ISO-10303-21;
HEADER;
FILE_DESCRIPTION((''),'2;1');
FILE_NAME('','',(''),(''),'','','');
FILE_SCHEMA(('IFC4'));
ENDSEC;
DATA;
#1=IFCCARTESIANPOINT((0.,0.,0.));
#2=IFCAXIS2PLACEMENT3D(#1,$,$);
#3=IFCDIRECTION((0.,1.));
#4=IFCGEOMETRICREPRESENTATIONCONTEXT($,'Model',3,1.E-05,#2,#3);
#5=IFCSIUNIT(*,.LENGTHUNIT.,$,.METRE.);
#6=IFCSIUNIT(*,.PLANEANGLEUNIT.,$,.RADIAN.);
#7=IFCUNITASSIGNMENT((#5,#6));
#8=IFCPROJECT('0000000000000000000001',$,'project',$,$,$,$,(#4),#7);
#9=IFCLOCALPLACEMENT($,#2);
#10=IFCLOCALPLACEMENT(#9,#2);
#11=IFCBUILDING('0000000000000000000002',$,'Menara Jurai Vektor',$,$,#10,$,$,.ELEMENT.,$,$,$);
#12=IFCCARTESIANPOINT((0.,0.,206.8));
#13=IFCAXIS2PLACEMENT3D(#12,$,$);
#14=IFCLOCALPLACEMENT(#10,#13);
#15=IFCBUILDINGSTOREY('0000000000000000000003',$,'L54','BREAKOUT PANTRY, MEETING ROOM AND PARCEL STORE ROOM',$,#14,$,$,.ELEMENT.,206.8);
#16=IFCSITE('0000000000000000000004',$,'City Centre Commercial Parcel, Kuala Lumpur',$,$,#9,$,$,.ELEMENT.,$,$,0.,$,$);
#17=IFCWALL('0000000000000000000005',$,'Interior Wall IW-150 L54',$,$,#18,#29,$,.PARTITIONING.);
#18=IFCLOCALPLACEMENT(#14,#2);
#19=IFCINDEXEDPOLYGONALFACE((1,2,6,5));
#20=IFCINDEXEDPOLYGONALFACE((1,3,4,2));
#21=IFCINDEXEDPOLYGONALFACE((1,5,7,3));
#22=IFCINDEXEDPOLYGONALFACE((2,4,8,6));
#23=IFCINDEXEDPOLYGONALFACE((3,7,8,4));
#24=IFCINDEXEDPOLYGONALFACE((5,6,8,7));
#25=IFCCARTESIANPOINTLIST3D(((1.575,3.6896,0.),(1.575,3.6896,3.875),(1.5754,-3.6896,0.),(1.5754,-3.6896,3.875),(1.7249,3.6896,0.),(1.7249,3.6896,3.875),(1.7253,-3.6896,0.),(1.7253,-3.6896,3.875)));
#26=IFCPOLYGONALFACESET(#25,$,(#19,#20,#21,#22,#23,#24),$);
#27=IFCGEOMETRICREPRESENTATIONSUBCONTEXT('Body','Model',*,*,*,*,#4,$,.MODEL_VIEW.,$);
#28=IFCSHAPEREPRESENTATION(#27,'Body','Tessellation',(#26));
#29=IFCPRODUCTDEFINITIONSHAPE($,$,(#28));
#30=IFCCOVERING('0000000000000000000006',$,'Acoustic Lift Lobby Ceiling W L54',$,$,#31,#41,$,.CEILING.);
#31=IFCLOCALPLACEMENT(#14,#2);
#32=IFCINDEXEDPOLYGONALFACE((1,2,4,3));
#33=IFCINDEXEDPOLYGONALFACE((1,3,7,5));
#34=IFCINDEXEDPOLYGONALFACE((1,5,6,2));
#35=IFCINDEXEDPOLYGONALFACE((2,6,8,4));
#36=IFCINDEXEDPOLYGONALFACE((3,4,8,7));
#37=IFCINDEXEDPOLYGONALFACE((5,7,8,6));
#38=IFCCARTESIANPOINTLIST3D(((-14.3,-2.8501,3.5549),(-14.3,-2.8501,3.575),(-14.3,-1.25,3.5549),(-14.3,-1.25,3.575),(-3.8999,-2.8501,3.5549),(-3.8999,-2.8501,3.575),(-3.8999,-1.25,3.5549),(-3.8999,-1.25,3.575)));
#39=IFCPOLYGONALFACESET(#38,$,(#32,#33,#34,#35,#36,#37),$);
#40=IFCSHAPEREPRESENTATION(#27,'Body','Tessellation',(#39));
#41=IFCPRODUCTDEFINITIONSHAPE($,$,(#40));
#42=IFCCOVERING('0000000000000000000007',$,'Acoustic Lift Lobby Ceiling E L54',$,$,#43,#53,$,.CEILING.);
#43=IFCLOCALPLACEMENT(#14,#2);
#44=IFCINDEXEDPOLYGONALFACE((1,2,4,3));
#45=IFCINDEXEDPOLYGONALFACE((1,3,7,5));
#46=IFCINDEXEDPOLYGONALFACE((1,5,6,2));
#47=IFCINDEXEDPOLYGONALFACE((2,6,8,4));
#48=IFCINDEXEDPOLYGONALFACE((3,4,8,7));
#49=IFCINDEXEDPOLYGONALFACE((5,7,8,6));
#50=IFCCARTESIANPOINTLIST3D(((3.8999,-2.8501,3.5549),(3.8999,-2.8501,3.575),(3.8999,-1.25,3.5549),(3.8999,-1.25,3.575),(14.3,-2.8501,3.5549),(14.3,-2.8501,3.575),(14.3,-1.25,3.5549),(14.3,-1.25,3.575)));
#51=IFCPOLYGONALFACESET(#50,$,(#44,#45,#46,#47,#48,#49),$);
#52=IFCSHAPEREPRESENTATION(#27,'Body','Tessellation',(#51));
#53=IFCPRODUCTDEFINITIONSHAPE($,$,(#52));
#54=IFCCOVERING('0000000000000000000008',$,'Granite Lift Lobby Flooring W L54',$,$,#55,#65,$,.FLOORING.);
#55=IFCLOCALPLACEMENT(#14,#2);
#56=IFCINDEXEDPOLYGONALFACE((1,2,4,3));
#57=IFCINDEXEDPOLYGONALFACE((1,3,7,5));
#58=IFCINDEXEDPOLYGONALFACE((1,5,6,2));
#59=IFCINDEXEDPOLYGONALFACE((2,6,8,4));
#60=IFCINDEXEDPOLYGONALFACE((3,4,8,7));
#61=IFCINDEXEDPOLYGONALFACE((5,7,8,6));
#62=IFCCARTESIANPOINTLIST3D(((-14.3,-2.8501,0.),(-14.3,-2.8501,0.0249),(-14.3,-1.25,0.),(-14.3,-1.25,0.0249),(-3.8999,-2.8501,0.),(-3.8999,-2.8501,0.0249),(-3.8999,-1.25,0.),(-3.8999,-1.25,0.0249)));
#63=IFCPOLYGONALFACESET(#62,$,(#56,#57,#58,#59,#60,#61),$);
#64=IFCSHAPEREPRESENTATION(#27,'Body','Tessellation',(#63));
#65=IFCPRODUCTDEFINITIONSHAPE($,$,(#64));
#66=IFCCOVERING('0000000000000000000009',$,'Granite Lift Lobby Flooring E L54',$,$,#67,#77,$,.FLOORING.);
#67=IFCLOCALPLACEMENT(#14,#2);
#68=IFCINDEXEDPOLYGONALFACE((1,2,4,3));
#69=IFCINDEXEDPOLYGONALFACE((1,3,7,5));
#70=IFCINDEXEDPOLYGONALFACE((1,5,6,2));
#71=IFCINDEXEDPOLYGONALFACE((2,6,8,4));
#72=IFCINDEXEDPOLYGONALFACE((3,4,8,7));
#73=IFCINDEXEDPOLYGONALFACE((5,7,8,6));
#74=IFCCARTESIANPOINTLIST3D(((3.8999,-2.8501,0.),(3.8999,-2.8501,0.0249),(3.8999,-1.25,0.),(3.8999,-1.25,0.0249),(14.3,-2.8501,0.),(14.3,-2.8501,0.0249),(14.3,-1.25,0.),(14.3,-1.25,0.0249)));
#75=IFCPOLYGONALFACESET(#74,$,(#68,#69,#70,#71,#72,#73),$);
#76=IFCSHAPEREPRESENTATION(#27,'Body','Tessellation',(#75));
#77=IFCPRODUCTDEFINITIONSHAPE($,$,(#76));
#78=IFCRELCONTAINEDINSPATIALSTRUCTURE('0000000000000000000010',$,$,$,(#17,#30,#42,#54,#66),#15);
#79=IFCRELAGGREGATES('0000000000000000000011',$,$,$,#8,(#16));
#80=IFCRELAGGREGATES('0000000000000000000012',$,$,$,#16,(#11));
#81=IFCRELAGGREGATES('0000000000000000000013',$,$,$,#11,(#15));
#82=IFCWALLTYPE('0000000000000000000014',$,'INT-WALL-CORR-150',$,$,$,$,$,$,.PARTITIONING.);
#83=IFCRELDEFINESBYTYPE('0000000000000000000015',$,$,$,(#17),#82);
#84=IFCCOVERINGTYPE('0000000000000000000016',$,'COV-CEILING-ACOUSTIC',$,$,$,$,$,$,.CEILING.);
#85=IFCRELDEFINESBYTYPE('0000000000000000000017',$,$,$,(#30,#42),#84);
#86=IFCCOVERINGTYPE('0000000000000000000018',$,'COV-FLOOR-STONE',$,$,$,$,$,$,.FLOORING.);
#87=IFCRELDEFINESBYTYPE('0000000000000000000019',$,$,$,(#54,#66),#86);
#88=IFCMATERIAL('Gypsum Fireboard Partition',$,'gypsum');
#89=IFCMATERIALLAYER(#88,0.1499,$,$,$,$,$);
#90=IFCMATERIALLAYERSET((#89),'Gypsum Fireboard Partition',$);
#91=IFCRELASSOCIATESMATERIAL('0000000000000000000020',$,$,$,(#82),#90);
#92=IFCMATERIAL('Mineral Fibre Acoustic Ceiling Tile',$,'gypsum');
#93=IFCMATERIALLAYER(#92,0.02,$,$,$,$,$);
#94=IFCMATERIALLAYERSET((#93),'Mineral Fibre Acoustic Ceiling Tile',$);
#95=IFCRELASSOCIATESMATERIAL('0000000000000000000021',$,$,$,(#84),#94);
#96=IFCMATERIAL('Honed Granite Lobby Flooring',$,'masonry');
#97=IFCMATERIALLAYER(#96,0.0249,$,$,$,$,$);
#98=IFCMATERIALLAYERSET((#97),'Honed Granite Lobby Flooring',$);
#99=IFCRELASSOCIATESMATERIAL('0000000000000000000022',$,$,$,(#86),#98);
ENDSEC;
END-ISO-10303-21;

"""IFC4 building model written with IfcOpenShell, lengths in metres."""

from ifc_helpers import new_model, si_unit, direction, frame, frame_2d, origin, place, context, subcontext, project, spatial, polyline, rectangle, outline, extrude, material, layer, layer_set, type_object, element, save


model = new_model("IFC4")

# Units and contexts
model_context = context("Model", 3, precision=1e-05, world=origin(), true_north=direction((0.0, 1.0)))
body_context = subcontext(model_context, "Body", "Model", "MODEL_VIEW")
ifc_project = project(units=[si_unit("LENGTHUNIT", "METRE"), si_unit("PLANEANGLEUNIT", "RADIAN")], contexts=[model_context])

# Site, building, storey
site_placement = place(None, origin())
site = spatial("IfcSite", under=ifc_project, at=site_placement, Name="City Centre Commercial Parcel, Kuala Lumpur", CompositionType="ELEMENT", RefElevation=0.0)
building_placement = place(site_placement, origin())
building = spatial("IfcBuilding", under=site, at=building_placement, Name="Menara Jurai Vektor", CompositionType="ELEMENT")
storey_placement = place(building_placement, frame((0.0, 0.0, 206.8)))
storey = spatial("IfcBuildingStorey", under=building, at=storey_placement, Name="L54", Description="BREAKOUT PANTRY, MEETING ROOM AND PARCEL STORE ROOM", CompositionType="ELEMENT", Elevation=206.8)

# Shared definitions
ifc_material_1 = material(Name="Gypsum Fireboard Partition", Category="gypsum")
ifc_layer_1 = layer(ifc_material_1, 0.1499)
ifc_layer_set_1 = layer_set([ifc_layer_1], Name="Gypsum Fireboard Partition")
wall_type_1 = type_object("IfcWallType", Name="INT-WALL-CORR-150", PredefinedType="PARTITIONING", material=ifc_layer_set_1)

# Wall
wall_1_placement = place(storey_placement, frame((1.6504, -3.6895, 0.0), z_axis=(0.0, 0.0, 1.0), x_axis=(-0.000066, 1.0, 0.0)))
element("IfcWall", 1, at=wall_1_placement, inside=storey, type_object=wall_type_1, Name="Interior Wall IW-150 L54", PredefinedType="PARTITIONING", context=body_context, shape_type="SweptSolid", body=[
    extrude(rectangle(XDim=7.3792, YDim=0.1499, at=frame_2d((3.6895, 0.0))), origin(), (0.0, 0.0, 1.0), 3.875),
])

# Coverings
ifc_material_2 = material(Name="Mineral Fibre Acoustic Ceiling Tile", Category="gypsum")
ifc_layer_2 = layer(ifc_material_2, 0.02)
ifc_layer_set_2 = layer_set([ifc_layer_2], Name="Mineral Fibre Acoustic Ceiling Tile")
covering_type_1 = type_object("IfcCoveringType", Name="COV-CEILING-ACOUSTIC", PredefinedType="CEILING", material=ifc_layer_set_2)
covering_1_placement = place(storey_placement, frame((0.0, 0.0, 3.5549)))
element("IfcCovering", 2, at=covering_1_placement, inside=storey, type_object=covering_type_1, Name="Acoustic Lift Lobby Ceiling W L54", PredefinedType="CEILING", context=body_context, shape_type="SweptSolid", body=[
    extrude(outline(polyline([(-14.3, -2.8501), (-3.8999, -2.8501), (-3.8999, -1.25), (-14.3, -1.25), (-14.3, -2.8501)])), origin(), (0.0, 0.0, 1.0), 0.02),
])
covering_2_placement = place(storey_placement, frame((0.0, 0.0, 3.5549)))
element("IfcCovering", 3, at=covering_2_placement, inside=storey, type_object=covering_type_1, Name="Acoustic Lift Lobby Ceiling E L54", PredefinedType="CEILING", context=body_context, shape_type="SweptSolid", body=[
    extrude(outline(polyline([(3.8999, -2.8501), (14.3, -2.8501), (14.3, -1.25), (3.8999, -1.25), (3.8999, -2.8501)])), origin(), (0.0, 0.0, 1.0), 0.02),
])
ifc_material_3 = material(Name="Honed Granite Lobby Flooring", Category="masonry")
ifc_layer_3 = layer(ifc_material_3, 0.0249)
ifc_layer_set_3 = layer_set([ifc_layer_3], Name="Honed Granite Lobby Flooring")
covering_type_2 = type_object("IfcCoveringType", Name="COV-FLOOR-STONE", PredefinedType="FLOORING", material=ifc_layer_set_3)
covering_3_placement = place(storey_placement, origin())
element("IfcCovering", 4, at=covering_3_placement, inside=storey, type_object=covering_type_2, Name="Granite Lift Lobby Flooring W L54", PredefinedType="FLOORING", context=body_context, shape_type="SweptSolid", body=[
    extrude(outline(polyline([(-14.3, -2.8501), (-3.8999, -2.8501), (-3.8999, -1.25), (-14.3, -1.25), (-14.3, -2.8501)])), origin(), (0.0, 0.0, 1.0), 0.0249),
])
covering_4_placement = place(storey_placement, origin())
element("IfcCovering", 5, at=covering_4_placement, inside=storey, type_object=covering_type_2, Name="Granite Lift Lobby Flooring E L54", PredefinedType="FLOORING", context=body_context, shape_type="SweptSolid", body=[
    extrude(outline(polyline([(3.8999, -2.8501), (14.3, -2.8501), (14.3, -1.25), (3.8999, -1.25), (3.8999, -2.8501)])), origin(), (0.0, 0.0, 1.0), 0.0249),
])

save(model, "model.ifc")
